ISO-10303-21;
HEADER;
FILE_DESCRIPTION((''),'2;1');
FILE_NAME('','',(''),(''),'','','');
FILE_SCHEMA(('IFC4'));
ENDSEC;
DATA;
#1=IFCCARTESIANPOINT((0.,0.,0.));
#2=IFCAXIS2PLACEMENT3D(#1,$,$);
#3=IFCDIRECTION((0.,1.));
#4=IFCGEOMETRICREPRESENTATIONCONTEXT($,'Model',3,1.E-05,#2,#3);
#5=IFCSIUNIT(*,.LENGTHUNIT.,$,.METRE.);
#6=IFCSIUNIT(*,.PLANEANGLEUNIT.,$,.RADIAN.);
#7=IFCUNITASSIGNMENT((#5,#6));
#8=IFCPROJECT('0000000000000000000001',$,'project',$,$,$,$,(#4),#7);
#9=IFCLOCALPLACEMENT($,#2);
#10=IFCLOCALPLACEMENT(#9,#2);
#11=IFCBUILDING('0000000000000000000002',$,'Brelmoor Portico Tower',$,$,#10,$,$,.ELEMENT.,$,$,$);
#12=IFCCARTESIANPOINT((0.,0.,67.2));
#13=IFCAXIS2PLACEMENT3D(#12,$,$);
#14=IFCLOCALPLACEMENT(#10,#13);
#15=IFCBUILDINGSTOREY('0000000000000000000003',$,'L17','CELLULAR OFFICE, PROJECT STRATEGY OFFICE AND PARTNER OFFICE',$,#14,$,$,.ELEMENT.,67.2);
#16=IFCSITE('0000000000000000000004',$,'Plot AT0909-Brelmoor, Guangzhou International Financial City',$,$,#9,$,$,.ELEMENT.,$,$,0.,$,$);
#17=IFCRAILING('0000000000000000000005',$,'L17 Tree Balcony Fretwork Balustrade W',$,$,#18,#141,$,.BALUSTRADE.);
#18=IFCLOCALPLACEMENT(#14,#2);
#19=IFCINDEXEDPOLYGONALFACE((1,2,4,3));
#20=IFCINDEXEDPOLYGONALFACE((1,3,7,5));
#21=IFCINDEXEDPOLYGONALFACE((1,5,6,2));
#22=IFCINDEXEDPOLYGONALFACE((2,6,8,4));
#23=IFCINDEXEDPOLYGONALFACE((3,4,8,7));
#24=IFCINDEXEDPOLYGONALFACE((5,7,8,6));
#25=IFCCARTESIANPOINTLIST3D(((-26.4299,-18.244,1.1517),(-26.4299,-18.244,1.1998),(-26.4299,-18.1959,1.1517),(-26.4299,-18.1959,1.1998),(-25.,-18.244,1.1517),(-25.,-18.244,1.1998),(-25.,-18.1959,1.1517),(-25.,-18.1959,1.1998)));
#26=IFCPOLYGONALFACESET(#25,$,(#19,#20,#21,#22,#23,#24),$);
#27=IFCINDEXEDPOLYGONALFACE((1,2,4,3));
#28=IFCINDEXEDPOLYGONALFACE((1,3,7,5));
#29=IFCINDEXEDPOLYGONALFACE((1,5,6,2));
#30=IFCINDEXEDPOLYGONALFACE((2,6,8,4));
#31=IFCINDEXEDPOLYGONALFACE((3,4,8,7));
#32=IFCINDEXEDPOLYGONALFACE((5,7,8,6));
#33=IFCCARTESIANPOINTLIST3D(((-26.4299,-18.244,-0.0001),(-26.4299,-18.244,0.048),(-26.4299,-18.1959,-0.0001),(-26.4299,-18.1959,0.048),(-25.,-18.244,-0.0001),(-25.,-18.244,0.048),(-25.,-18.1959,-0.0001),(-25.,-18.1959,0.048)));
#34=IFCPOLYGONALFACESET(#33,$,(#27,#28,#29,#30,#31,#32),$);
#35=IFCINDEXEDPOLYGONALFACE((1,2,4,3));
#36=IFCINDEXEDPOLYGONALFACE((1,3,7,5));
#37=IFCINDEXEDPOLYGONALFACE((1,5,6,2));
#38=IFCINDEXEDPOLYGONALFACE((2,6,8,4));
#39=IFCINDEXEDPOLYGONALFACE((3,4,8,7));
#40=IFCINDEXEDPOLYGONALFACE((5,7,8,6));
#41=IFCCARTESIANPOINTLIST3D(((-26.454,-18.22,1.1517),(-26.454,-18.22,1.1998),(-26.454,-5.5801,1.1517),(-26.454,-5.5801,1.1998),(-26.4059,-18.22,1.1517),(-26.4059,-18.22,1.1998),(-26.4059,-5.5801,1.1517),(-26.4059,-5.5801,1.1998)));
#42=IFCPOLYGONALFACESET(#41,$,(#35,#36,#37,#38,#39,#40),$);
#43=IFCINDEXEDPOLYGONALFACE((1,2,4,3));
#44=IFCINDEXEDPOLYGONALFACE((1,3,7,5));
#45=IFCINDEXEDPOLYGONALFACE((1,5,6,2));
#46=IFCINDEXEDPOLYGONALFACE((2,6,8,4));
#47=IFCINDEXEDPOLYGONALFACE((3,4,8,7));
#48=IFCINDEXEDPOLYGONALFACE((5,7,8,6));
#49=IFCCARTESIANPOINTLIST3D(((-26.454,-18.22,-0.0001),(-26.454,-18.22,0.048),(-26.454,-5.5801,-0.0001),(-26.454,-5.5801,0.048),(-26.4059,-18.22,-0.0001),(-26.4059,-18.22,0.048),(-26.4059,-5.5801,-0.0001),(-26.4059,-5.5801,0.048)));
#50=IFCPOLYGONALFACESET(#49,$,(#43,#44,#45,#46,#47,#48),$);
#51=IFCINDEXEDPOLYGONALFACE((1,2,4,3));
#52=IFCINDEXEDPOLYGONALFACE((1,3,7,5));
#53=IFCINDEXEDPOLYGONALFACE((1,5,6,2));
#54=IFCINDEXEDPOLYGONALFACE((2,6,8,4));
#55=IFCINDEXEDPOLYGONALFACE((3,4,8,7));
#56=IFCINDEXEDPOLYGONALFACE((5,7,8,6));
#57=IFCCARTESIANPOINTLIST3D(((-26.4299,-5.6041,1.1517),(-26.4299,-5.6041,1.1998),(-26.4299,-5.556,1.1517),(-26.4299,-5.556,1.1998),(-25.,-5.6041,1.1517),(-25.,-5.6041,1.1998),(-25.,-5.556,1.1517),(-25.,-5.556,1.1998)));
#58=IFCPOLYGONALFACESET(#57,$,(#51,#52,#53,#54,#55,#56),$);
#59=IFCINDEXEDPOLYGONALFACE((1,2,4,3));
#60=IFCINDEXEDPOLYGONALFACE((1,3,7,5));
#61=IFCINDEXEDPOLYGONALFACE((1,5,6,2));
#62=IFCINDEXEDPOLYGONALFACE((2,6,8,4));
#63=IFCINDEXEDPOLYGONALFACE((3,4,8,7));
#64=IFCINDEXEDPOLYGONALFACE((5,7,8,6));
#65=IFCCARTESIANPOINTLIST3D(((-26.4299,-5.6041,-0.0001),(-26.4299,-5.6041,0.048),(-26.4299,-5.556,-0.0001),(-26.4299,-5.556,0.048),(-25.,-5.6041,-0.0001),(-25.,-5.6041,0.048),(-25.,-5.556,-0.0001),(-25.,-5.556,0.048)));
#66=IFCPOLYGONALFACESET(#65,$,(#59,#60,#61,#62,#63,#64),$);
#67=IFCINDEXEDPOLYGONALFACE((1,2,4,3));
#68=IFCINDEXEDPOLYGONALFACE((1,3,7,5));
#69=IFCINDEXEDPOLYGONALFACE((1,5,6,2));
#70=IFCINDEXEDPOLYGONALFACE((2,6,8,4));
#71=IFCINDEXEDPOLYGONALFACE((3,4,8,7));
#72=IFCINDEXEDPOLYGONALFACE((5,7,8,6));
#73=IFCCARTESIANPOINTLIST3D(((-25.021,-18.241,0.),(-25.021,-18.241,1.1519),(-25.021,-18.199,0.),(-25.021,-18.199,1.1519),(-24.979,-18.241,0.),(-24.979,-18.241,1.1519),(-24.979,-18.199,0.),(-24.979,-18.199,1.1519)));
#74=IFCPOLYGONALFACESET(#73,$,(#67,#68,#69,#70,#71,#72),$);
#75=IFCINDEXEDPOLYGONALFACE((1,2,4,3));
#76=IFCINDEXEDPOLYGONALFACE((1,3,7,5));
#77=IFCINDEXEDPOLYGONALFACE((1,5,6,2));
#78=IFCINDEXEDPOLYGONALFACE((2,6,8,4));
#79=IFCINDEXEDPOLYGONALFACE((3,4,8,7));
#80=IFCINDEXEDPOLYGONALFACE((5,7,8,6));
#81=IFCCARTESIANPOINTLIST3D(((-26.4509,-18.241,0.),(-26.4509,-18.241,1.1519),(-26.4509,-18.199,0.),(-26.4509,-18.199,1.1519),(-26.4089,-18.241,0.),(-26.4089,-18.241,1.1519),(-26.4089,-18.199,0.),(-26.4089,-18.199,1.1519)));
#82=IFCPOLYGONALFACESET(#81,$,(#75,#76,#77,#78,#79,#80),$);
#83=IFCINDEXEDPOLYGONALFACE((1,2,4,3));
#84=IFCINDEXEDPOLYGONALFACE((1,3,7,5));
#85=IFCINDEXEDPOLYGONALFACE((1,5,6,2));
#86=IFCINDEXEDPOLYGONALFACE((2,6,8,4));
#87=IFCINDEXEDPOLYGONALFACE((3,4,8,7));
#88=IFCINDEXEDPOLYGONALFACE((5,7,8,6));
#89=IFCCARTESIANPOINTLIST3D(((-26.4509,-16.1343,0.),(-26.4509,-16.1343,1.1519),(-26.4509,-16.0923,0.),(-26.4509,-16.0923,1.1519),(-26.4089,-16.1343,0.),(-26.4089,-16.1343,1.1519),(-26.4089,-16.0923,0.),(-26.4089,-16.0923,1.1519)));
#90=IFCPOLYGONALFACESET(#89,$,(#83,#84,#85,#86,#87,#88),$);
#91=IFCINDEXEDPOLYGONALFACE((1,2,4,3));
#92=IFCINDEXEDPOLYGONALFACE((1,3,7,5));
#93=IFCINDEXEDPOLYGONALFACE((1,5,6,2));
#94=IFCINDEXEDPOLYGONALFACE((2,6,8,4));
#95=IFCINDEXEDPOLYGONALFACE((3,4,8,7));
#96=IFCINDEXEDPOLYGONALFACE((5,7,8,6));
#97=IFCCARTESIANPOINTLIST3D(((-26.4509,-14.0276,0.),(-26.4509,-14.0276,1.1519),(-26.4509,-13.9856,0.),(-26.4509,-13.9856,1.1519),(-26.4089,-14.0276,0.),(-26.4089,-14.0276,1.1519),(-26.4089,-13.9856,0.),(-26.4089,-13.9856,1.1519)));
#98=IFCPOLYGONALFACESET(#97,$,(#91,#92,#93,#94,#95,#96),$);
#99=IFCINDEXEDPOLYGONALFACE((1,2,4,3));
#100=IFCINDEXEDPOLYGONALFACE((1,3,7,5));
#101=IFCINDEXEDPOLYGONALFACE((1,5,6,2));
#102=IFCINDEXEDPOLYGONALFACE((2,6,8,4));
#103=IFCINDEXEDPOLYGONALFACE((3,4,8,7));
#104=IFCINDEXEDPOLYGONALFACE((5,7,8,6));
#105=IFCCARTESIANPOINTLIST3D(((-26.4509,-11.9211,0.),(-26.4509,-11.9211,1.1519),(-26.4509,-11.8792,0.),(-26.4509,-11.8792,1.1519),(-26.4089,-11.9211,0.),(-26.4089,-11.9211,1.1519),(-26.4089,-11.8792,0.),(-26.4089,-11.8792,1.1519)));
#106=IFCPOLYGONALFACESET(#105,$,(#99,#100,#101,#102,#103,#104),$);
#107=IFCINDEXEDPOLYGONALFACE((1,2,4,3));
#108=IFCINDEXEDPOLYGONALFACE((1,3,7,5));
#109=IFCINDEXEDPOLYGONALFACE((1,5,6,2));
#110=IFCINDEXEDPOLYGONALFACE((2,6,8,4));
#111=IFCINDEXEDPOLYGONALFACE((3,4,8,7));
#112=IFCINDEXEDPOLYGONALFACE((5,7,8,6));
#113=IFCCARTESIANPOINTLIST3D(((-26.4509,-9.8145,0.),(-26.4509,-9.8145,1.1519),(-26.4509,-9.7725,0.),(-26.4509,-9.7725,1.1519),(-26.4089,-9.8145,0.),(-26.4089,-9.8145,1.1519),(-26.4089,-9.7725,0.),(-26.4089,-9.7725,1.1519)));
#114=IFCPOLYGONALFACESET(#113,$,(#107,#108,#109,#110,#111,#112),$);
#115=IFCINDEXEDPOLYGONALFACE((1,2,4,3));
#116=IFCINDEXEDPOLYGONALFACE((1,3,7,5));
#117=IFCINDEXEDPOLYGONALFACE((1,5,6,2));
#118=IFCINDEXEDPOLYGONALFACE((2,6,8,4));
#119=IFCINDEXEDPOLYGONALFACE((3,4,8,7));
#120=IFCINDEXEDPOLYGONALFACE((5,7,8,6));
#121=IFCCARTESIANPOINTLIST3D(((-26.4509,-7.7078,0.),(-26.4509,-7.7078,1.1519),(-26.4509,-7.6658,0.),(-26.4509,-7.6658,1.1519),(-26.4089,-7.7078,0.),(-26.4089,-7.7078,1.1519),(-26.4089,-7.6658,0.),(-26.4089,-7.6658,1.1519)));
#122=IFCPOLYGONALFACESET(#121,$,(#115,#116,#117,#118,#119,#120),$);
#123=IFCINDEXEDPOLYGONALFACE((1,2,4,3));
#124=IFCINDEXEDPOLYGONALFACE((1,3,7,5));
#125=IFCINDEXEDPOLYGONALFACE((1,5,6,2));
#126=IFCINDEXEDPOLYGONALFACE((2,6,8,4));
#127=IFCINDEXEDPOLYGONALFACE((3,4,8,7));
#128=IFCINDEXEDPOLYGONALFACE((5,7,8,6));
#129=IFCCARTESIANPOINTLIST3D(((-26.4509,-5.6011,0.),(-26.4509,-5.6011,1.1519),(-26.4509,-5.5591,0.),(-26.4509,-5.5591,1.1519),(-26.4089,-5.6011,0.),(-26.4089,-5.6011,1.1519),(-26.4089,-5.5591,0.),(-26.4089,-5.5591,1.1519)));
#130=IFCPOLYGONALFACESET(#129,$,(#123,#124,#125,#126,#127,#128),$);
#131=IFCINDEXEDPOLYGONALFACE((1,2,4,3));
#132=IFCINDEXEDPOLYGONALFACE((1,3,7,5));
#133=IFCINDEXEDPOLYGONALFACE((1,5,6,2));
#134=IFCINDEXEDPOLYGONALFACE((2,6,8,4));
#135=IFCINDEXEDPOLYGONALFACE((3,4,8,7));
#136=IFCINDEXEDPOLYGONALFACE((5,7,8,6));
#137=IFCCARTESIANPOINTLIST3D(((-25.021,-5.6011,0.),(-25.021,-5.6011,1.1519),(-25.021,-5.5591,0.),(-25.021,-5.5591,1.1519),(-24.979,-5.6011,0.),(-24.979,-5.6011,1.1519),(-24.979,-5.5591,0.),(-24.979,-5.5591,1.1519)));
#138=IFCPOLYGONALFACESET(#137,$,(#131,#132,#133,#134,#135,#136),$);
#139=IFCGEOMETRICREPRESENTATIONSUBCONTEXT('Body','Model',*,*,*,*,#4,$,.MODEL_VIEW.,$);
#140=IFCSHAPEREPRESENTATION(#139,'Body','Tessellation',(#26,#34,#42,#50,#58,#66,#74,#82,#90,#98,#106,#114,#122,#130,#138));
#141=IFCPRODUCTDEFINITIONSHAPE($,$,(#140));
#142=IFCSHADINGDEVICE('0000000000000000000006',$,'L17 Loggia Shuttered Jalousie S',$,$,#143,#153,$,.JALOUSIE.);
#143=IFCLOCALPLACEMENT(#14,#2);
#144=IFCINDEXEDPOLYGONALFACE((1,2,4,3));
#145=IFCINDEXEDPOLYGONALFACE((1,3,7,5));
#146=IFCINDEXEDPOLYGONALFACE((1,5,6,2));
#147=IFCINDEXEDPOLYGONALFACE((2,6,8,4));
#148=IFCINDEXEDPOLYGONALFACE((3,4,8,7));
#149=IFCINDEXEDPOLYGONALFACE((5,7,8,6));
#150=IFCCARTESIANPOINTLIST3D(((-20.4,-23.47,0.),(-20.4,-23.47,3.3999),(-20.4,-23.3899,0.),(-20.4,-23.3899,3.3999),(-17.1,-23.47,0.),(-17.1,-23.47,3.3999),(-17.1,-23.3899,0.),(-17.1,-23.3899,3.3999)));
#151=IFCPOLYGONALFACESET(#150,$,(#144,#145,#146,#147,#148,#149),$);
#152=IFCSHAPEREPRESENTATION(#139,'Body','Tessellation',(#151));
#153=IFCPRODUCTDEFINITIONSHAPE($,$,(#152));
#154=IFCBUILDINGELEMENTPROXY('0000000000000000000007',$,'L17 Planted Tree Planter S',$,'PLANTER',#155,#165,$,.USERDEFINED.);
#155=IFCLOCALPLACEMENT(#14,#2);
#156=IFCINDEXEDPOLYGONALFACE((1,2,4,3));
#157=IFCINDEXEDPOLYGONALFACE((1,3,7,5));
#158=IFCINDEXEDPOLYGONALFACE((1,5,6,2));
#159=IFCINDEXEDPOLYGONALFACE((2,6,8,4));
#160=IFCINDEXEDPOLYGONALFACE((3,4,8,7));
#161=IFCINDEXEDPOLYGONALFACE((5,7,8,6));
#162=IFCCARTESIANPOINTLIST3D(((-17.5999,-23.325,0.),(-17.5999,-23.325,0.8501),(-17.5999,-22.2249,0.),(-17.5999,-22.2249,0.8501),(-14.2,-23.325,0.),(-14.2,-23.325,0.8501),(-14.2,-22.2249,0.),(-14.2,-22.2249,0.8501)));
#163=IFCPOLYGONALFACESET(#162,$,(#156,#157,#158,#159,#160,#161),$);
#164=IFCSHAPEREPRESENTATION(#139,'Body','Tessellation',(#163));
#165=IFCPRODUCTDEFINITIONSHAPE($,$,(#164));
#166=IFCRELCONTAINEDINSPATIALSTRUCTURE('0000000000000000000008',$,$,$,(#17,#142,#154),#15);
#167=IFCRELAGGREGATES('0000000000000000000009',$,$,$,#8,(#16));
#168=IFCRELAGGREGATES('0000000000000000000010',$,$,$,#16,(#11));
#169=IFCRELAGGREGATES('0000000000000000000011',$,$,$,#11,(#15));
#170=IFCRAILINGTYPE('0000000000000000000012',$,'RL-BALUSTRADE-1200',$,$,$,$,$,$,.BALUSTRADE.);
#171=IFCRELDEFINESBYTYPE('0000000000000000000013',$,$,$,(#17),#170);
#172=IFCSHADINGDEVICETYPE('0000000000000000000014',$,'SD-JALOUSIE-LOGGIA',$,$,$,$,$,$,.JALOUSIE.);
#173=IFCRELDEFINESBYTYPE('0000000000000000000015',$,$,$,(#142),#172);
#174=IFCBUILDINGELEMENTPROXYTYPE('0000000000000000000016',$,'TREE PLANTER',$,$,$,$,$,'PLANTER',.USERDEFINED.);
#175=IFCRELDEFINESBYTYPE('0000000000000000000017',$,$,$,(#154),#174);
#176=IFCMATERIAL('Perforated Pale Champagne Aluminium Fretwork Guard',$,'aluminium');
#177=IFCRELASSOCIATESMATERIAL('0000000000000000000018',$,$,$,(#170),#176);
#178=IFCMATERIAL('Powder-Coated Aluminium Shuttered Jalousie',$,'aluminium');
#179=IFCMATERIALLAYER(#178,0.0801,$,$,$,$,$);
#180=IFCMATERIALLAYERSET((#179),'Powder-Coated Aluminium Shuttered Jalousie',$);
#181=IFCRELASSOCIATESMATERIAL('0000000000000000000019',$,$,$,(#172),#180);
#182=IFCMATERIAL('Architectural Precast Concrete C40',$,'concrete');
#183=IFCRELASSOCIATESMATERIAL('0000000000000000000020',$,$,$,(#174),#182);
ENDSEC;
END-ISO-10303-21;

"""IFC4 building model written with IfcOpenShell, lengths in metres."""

from ifc_helpers import new_model, si_unit, direction, frame, origin, origin_2d, place, context, subcontext, project, spatial, rectangle, extrude, material, layer, layer_set, type_object, element, save


model = new_model("IFC4")

# Units and contexts
model_context = context("Model", 3, precision=1e-05, world=origin(), true_north=direction((0.0, 1.0)))
body_context = subcontext(model_context, "Body", "Model", "MODEL_VIEW")
ifc_project = project(units=[si_unit("LENGTHUNIT", "METRE"), si_unit("PLANEANGLEUNIT", "RADIAN")], contexts=[model_context])

# Site, building, storey
site_placement = place(None, origin())
site = spatial("IfcSite", under=ifc_project, at=site_placement, Name="Plot AT0909-Brelmoor, Guangzhou International Financial City", CompositionType="ELEMENT", RefElevation=0.0)
building_placement = place(site_placement, origin())
building = spatial("IfcBuilding", under=site, at=building_placement, Name="Brelmoor Portico Tower", CompositionType="ELEMENT")
storey_placement = place(building_placement, frame((0.0, 0.0, 67.2)))
storey = spatial("IfcBuildingStorey", under=building, at=storey_placement, Name="L17", Description="CELLULAR OFFICE, PROJECT STRATEGY OFFICE AND PARTNER OFFICE", CompositionType="ELEMENT", Elevation=67.2)

# Railing
ifc_material_1 = material(Name="Perforated Pale Champagne Aluminium Fretwork Guard", Category="aluminium")
railing_type = type_object("IfcRailingType", Name="RL-BALUSTRADE-1200", PredefinedType="BALUSTRADE", material=ifc_material_1)
railing_1_placement = place(storey_placement, frame((-25.0, -18.22, 0.0)))
element("IfcRailing", 1, at=railing_1_placement, inside=storey, type_object=railing_type, Name="L17 Tree Balcony Fretwork Balustrade W", PredefinedType="BALUSTRADE", context=body_context, shape_type="SweptSolid", body=[
    extrude(rectangle(XDim=0.0481, YDim=0.0481, at=origin_2d()), frame((0.0, 0.0, 1.1758), z_axis=(-1.0, 0.0, 0.0), x_axis=(0.0, -1.0, 0.0)), (0.0, 0.0, 1.0), 1.4299),
    extrude(rectangle(XDim=0.0481, YDim=0.0481, at=origin_2d()), frame((0.0, 0.0, 0.0239), z_axis=(-1.0, 0.0, 0.0), x_axis=(0.0, -1.0, 0.0)), (0.0, 0.0, 1.0), 1.4299),
    extrude(rectangle(XDim=0.0481, YDim=0.0481, at=origin_2d()), frame((-1.4299, 0.0, 1.1758), z_axis=(0.0, 1.0, 0.0), x_axis=(-1.0, 0.0, 0.0)), (0.0, 0.0, 1.0), 12.6399),
    extrude(rectangle(XDim=0.0481, YDim=0.0481, at=origin_2d()), frame((-1.4299, 0.0, 0.0239), z_axis=(0.0, 1.0, 0.0), x_axis=(-1.0, 0.0, 0.0)), (0.0, 0.0, 1.0), 12.6399),
    extrude(rectangle(XDim=0.0481, YDim=0.0481, at=origin_2d()), frame((-1.4299, 12.6399, 1.1758), z_axis=(1.0, 0.0, 0.0), x_axis=(0.0, 1.0, 0.0)), (0.0, 0.0, 1.0), 1.4299),
    extrude(rectangle(XDim=0.0481, YDim=0.0481, at=origin_2d()), frame((-1.4299, 12.6399, 0.0239), z_axis=(1.0, 0.0, 0.0), x_axis=(0.0, 1.0, 0.0)), (0.0, 0.0, 1.0), 1.4299),
    extrude(rectangle(XDim=0.042, YDim=0.042, at=origin_2d()), origin(), (0.0, 0.0, 1.0), 1.1519),
    extrude(rectangle(XDim=0.042, YDim=0.042, at=origin_2d()), frame((-1.4299, 0.0, 0.0)), (0.0, 0.0, 1.0), 1.1519),
    extrude(rectangle(XDim=0.042, YDim=0.042, at=origin_2d()), frame((-1.4299, 2.1067, 0.0)), (0.0, 0.0, 1.0), 1.1519),
    extrude(rectangle(XDim=0.042, YDim=0.042, at=origin_2d()), frame((-1.4299, 4.2134, 0.0)), (0.0, 0.0, 1.0), 1.1519),
    extrude(rectangle(XDim=0.042, YDim=0.042, at=origin_2d()), frame((-1.4299, 6.3198, 0.0)), (0.0, 0.0, 1.0), 1.1519),
    extrude(rectangle(XDim=0.042, YDim=0.042, at=origin_2d()), frame((-1.4299, 8.4265, 0.0)), (0.0, 0.0, 1.0), 1.1519),
    extrude(rectangle(XDim=0.042, YDim=0.042, at=origin_2d()), frame((-1.4299, 10.5332, 0.0)), (0.0, 0.0, 1.0), 1.1519),
    extrude(rectangle(XDim=0.042, YDim=0.042, at=origin_2d()), frame((-1.4299, 12.6399, 0.0)), (0.0, 0.0, 1.0), 1.1519),
    extrude(rectangle(XDim=0.042, YDim=0.042, at=origin_2d()), frame((0.0, 12.6399, 0.0)), (0.0, 0.0, 1.0), 1.1519),
])

# Shading device
ifc_material_2 = material(Name="Powder-Coated Aluminium Shuttered Jalousie", Category="aluminium")
ifc_layer_1 = layer(ifc_material_2, 0.0801)
ifc_layer_set_1 = layer_set([ifc_layer_1], Name="Powder-Coated Aluminium Shuttered Jalousie")
shading_device_type = type_object("IfcShadingDeviceType", Name="SD-JALOUSIE-LOGGIA", PredefinedType="JALOUSIE", material=ifc_layer_set_1)
shading_device_placement = place(storey_placement, frame((-18.75, -23.4299, 0.0), z_axis=(0.0, 0.0, 1.0), x_axis=(1.0, 0.0, 0.0)))
element("IfcShadingDevice", 2, at=shading_device_placement, inside=storey, type_object=shading_device_type, Name="L17 Loggia Shuttered Jalousie S", PredefinedType="JALOUSIE", context=body_context, shape_type="SweptSolid", body=[
    extrude(rectangle(XDim=3.3, YDim=0.0801, at=origin_2d()), origin(), (0.0, 0.0, 1.0), 3.3999),
])

# Building element proxy
ifc_material_3 = material(Name="Architectural Precast Concrete C40", Category="concrete")
building_element_proxy_type = type_object("IfcBuildingElementProxyType", Name="TREE PLANTER", ElementType="PLANTER", PredefinedType="USERDEFINED", material=ifc_material_3)
proxy_placement = place(storey_placement, frame((-15.8999, -22.7749, 0.0), z_axis=(0.0, 0.0, 1.0), x_axis=(1.0, 0.0, 0.0)))
element("IfcBuildingElementProxy", 3, at=proxy_placement, inside=storey, type_object=building_element_proxy_type, Name="L17 Planted Tree Planter S", ObjectType="PLANTER", PredefinedType="USERDEFINED", context=body_context, shape_type="SweptSolid", body=[
    extrude(rectangle(XDim=3.3999, YDim=1.1001, at=origin_2d()), origin(), (0.0, 0.0, 1.0), 0.8501),
])

save(model, "model.ifc")
